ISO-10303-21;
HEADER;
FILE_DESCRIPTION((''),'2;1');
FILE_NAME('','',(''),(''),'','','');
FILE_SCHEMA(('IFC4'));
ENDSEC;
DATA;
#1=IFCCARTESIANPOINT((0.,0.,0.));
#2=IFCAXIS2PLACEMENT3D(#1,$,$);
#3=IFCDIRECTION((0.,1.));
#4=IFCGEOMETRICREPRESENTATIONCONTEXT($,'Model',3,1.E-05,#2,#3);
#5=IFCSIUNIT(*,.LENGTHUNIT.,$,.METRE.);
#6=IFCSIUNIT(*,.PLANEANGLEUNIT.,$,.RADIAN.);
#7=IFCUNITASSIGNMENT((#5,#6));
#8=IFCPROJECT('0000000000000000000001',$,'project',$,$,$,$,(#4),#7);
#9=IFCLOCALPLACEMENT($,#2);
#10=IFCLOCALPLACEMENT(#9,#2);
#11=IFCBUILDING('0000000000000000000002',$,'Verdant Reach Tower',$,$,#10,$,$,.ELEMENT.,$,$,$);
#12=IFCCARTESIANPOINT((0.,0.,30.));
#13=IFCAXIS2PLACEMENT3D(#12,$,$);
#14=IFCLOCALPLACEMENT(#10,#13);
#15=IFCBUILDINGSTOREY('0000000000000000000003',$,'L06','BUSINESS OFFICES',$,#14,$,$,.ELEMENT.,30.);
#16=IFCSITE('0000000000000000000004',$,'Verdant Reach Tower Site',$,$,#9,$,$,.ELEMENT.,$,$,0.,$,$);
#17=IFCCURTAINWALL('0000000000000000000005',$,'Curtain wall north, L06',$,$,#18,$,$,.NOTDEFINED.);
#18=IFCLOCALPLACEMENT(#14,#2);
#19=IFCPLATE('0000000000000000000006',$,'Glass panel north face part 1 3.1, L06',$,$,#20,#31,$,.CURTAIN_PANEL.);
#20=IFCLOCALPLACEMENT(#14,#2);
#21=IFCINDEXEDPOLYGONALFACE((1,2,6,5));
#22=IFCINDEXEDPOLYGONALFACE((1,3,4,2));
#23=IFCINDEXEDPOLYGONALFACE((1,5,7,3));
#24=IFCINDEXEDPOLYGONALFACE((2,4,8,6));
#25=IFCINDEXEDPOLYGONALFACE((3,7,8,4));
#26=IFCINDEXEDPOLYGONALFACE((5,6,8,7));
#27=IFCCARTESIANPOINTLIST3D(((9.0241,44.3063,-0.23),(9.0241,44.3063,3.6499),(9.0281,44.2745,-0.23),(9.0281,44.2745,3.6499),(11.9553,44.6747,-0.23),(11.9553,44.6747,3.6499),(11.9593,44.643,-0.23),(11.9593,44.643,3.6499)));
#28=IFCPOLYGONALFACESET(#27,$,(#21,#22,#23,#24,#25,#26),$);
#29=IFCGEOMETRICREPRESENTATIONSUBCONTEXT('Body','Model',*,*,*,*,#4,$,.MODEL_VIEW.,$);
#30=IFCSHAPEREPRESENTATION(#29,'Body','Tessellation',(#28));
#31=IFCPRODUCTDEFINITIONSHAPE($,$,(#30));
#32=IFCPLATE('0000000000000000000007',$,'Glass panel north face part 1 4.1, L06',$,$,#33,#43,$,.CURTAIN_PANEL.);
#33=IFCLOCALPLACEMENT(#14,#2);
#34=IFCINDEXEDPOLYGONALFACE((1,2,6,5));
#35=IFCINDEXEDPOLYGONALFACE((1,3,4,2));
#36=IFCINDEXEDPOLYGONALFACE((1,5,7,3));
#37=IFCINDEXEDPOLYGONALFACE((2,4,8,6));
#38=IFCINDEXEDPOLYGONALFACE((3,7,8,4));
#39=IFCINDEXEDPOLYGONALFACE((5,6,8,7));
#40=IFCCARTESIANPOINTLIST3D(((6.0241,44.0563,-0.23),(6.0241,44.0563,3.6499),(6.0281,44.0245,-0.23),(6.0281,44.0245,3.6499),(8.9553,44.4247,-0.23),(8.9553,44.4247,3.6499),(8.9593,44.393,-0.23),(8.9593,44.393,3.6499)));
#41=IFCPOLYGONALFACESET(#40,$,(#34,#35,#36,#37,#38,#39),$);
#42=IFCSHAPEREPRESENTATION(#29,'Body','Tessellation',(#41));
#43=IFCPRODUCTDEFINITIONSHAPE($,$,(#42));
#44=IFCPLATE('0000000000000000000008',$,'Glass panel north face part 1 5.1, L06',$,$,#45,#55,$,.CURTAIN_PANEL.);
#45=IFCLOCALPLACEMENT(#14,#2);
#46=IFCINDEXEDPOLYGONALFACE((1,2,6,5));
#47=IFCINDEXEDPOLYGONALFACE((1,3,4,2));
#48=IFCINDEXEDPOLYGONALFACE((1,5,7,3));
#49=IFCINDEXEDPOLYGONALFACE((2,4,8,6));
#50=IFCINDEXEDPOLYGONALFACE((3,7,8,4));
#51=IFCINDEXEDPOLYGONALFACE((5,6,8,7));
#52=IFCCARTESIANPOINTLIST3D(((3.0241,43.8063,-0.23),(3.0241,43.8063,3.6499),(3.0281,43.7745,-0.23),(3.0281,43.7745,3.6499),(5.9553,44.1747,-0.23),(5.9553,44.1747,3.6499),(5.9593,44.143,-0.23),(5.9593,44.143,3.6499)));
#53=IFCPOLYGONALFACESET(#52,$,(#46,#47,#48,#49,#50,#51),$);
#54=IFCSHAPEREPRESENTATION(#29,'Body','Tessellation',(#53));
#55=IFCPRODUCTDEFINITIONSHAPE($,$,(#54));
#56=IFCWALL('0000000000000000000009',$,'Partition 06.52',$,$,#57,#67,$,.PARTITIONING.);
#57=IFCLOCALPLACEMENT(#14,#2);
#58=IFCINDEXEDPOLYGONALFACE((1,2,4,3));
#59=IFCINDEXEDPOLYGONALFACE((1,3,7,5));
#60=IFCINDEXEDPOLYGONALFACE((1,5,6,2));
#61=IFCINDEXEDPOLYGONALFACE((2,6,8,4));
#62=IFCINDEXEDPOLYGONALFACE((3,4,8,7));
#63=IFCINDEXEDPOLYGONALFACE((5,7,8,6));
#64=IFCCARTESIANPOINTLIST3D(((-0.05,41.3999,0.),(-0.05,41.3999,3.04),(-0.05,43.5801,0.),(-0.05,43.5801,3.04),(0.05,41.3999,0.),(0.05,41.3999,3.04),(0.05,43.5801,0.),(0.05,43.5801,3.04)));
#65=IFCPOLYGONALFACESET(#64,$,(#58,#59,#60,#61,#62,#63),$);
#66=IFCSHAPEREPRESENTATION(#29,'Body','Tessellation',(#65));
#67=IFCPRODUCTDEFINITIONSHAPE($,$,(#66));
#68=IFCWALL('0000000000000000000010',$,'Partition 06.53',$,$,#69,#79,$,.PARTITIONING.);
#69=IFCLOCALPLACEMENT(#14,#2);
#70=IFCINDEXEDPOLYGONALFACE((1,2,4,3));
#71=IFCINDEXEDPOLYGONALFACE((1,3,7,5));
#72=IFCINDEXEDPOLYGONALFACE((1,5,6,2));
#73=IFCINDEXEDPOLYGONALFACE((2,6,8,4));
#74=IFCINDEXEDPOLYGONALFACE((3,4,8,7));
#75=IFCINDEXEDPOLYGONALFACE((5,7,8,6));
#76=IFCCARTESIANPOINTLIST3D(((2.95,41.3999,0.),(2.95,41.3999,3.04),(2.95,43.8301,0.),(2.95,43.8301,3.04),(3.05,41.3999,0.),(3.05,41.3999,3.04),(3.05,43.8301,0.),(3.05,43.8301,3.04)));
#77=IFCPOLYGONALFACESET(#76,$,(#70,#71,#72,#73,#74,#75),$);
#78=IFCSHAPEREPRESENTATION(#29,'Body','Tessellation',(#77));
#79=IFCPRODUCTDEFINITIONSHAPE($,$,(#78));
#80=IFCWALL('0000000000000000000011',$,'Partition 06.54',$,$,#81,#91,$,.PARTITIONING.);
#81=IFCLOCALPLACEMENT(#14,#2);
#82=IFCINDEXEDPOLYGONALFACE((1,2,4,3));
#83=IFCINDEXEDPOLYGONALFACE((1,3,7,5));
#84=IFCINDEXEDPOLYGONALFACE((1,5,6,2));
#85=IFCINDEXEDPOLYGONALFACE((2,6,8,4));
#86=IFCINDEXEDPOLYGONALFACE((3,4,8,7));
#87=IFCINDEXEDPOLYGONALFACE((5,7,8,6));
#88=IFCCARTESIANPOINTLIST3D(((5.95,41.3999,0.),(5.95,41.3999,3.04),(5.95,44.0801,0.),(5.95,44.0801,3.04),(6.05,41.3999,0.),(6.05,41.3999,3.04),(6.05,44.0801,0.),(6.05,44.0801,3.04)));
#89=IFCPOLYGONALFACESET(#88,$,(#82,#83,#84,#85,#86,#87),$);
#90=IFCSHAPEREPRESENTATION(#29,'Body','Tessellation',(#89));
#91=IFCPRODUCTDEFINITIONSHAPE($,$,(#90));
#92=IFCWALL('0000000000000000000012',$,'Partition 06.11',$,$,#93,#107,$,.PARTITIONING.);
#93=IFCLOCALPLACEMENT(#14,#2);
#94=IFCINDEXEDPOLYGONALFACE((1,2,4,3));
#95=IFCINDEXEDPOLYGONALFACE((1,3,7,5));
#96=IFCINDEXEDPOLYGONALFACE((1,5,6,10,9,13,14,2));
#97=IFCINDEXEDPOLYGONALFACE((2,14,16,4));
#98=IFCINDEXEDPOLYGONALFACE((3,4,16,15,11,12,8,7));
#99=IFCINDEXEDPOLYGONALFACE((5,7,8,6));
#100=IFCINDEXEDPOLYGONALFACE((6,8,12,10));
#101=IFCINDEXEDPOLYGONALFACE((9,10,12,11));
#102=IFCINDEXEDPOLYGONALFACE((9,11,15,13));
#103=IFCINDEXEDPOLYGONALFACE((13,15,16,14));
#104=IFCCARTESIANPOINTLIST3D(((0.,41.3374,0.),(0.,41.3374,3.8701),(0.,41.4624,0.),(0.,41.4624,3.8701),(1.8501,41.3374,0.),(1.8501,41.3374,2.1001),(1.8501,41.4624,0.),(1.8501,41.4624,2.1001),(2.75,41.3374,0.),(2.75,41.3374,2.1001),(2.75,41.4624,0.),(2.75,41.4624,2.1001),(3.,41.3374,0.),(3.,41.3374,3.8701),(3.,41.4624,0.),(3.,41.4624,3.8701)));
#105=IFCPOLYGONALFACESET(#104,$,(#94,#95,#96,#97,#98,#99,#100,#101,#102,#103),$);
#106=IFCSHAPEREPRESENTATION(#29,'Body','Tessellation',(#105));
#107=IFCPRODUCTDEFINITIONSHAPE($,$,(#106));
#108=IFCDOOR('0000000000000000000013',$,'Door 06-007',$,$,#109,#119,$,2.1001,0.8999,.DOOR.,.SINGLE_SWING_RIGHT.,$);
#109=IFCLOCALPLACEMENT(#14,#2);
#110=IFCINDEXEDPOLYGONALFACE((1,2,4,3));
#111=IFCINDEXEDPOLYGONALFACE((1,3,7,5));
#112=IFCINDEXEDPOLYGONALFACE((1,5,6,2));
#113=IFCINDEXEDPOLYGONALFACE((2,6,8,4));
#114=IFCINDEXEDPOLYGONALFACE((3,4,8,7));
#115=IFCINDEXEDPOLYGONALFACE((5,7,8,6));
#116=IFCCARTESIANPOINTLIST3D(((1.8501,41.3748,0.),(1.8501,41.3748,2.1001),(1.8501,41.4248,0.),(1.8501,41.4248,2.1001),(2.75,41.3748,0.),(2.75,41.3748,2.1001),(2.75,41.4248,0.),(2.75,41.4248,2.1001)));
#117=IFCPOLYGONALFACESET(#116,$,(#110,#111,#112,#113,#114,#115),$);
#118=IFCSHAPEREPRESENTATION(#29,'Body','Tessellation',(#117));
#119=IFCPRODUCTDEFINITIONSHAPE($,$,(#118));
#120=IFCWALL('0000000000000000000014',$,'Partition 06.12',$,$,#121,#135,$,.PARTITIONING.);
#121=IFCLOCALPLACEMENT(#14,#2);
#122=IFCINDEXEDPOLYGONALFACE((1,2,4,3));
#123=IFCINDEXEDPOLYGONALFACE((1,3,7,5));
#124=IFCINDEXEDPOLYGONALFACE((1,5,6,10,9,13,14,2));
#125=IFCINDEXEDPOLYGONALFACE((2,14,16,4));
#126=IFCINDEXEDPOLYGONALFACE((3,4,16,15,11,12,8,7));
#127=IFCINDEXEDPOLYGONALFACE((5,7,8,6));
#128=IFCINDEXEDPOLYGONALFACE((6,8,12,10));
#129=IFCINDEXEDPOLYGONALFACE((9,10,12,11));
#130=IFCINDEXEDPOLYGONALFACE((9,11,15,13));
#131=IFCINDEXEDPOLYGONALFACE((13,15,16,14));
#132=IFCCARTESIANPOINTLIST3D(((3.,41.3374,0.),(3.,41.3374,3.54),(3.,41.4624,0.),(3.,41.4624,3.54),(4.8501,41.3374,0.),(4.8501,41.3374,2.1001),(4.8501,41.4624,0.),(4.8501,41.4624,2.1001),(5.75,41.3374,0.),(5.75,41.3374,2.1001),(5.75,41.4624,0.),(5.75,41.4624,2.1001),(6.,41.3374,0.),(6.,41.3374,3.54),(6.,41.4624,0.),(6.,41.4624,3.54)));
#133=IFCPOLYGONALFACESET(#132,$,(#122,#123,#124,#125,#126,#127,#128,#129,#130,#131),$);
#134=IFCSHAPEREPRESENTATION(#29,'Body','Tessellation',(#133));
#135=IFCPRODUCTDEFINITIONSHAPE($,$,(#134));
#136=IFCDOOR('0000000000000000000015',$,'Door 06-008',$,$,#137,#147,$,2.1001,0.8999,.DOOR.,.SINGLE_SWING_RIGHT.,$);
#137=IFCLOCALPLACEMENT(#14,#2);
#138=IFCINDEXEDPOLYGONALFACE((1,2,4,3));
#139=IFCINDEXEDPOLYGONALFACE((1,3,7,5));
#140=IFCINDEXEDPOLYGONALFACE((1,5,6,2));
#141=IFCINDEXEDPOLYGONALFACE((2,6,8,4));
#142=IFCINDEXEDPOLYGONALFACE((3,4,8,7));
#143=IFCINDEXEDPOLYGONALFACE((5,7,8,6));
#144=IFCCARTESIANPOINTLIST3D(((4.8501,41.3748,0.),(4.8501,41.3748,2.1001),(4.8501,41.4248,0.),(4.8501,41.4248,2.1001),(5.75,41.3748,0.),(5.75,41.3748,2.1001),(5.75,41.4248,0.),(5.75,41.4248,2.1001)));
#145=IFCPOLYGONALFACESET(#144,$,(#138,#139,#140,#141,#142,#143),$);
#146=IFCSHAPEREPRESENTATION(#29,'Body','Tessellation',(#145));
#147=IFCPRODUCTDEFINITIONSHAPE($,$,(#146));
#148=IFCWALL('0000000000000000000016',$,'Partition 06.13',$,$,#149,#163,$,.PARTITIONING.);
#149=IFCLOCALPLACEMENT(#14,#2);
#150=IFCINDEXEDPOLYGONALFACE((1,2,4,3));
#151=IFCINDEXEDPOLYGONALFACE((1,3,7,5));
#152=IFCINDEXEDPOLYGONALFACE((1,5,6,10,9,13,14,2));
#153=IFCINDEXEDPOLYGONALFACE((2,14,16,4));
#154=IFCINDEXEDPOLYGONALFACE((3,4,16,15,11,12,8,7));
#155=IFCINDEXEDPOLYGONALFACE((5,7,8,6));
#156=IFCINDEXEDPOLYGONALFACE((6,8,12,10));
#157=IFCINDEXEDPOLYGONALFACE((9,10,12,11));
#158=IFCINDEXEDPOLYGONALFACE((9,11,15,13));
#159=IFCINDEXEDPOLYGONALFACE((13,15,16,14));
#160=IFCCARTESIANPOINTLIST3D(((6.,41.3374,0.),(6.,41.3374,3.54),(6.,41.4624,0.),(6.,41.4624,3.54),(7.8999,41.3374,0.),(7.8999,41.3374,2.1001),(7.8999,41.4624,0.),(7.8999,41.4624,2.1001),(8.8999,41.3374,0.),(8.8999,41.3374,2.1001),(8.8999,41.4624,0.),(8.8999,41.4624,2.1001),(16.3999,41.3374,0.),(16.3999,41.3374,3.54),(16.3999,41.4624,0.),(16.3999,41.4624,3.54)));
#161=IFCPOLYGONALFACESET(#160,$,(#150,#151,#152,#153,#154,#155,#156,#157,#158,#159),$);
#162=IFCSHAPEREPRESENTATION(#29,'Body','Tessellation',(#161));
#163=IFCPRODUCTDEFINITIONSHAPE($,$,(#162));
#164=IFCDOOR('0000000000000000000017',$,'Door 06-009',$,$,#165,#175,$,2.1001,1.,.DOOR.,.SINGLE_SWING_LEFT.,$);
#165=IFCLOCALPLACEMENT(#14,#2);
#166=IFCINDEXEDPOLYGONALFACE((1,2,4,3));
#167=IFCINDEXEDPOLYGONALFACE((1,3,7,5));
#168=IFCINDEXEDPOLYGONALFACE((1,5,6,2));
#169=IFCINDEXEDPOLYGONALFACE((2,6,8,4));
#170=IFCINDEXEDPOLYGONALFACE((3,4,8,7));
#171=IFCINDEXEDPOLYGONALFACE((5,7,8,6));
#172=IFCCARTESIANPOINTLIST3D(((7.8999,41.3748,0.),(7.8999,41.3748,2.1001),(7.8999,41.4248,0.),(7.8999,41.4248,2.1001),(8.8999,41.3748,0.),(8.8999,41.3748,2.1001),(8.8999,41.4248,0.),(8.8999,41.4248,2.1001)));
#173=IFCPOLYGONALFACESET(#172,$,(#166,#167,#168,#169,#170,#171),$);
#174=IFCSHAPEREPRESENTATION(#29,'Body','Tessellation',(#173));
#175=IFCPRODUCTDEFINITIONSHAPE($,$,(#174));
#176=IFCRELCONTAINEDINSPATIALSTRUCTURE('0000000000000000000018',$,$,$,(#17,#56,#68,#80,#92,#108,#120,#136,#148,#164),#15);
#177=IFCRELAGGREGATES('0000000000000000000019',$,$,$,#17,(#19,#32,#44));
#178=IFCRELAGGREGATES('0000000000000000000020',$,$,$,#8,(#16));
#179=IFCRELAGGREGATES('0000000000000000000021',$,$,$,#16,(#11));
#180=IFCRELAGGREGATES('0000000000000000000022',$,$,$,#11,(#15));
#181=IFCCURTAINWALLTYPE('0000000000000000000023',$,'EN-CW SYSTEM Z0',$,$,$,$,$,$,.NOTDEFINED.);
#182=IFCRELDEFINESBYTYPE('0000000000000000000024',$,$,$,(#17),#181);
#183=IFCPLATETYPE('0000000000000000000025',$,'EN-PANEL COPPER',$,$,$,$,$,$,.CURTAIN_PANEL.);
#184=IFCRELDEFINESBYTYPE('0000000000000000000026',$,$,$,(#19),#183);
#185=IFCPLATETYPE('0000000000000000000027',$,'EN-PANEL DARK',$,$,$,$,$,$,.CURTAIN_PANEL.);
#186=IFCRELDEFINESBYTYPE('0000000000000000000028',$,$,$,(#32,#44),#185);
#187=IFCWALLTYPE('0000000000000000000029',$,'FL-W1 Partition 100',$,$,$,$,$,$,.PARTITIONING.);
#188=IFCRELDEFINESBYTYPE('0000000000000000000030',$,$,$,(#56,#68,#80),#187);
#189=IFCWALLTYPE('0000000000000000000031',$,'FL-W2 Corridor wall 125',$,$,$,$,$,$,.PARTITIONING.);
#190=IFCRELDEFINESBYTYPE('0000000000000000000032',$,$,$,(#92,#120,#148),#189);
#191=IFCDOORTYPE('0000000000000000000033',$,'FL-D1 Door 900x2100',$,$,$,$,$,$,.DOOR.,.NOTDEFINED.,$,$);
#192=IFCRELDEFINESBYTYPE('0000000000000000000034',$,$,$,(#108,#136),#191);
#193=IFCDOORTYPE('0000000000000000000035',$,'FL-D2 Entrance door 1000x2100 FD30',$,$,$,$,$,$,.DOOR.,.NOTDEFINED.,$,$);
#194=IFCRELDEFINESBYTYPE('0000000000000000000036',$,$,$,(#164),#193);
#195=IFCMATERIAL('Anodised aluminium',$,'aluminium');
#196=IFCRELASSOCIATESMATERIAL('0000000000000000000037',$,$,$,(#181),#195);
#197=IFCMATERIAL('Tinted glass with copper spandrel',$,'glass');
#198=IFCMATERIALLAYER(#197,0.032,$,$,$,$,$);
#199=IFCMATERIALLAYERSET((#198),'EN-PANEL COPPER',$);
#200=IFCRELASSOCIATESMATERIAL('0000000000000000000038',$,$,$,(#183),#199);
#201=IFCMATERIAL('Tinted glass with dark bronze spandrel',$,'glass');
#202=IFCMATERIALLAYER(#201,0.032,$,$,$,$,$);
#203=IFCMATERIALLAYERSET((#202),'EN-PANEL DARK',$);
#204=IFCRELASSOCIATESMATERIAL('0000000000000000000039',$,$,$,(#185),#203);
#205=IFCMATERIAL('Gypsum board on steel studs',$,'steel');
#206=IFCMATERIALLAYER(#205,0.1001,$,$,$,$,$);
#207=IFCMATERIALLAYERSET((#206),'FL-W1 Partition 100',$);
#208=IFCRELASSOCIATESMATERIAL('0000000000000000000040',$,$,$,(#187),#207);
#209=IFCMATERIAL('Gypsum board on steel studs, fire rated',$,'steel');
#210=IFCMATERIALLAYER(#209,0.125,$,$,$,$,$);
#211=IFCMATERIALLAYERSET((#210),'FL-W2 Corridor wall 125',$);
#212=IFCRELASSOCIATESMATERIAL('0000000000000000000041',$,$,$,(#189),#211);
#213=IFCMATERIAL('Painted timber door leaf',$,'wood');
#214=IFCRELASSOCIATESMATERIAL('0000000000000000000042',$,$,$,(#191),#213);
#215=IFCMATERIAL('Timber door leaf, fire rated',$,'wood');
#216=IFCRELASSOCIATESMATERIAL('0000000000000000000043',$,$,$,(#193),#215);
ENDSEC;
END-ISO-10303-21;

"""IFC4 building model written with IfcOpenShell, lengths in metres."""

from ifc_helpers import new_model, si_unit, direction, frame, frame_2d, origin, origin_2d, place, context, subcontext, project, spatial, rectangle, extrude, material, layer, layer_set, type_object, element, fill, aggregate, save


model = new_model("IFC4")

# Units and contexts
model_context = context("Model", 3, precision=1e-05, world=origin(), true_north=direction((0.0, 1.0)))
body_context = subcontext(model_context, "Body", "Model", "MODEL_VIEW")
ifc_project = project(units=[si_unit("LENGTHUNIT", "METRE"), si_unit("PLANEANGLEUNIT", "RADIAN")], contexts=[model_context])

# Site, building, storey
site_placement = place(None, origin())
site = spatial("IfcSite", under=ifc_project, at=site_placement, Name="Verdant Reach Tower Site", CompositionType="ELEMENT", RefElevation=0.0)
building_placement = place(site_placement, origin())
building = spatial("IfcBuilding", under=site, at=building_placement, Name="Verdant Reach Tower", CompositionType="ELEMENT")
storey_placement = place(building_placement, frame((0.0, 0.0, 30.0)))
storey = spatial("IfcBuildingStorey", under=building, at=storey_placement, Name="L06", Description="BUSINESS OFFICES", CompositionType="ELEMENT", Elevation=30.0)

# Curtain wall, plates
ifc_material_1 = material(Name="Anodised aluminium", Category="aluminium")
curtain_wall_type = type_object("IfcCurtainWallType", Name="EN-CW SYSTEM Z0", PredefinedType="NOTDEFINED", material=ifc_material_1)
curtain_wall_placement = place(storey_placement, origin())
curtain_wall = element("IfcCurtainWall", 1, at=curtain_wall_placement, inside=storey, type_object=curtain_wall_type, Name="Curtain wall north, L06", PredefinedType="NOTDEFINED")
ifc_material_2 = material(Name="Tinted glass with copper spandrel", Category="glass")
ifc_layer_1 = layer(ifc_material_2, 0.032)
ifc_layer_set_1 = layer_set([ifc_layer_1], Name="EN-PANEL COPPER")
plate_type_1 = type_object("IfcPlateType", Name="EN-PANEL COPPER", PredefinedType="CURTAIN_PANEL", material=ifc_layer_set_1)
plate_1_placement = place(storey_placement, frame((10.4917, 44.4746, -0.23), z_axis=(0.0, 0.0, 1.0), x_axis=(-0.992194, -0.124704, 0.0)))
plate_1 = element("IfcPlate", 2, at=plate_1_placement, type_object=plate_type_1, Name="Glass panel north face part 1 3.1, L06", PredefinedType="CURTAIN_PANEL", context=body_context, shape_type="SweptSolid", body=[
    extrude(rectangle(XDim=2.9543, YDim=0.032, at=origin_2d()), origin(), (0.0, 0.0, 1.0), 3.8799),
])
ifc_material_3 = material(Name="Tinted glass with dark bronze spandrel", Category="glass")
ifc_layer_2 = layer(ifc_material_3, 0.032)
ifc_layer_set_2 = layer_set([ifc_layer_2], Name="EN-PANEL DARK")
plate_type_2 = type_object("IfcPlateType", Name="EN-PANEL DARK", PredefinedType="CURTAIN_PANEL", material=ifc_layer_set_2)
plate_2_placement = place(storey_placement, frame((7.4917, 44.2246, -0.23), z_axis=(0.0, 0.0, 1.0), x_axis=(-0.992194, -0.124704, 0.0)))
plate_2 = element("IfcPlate", 3, at=plate_2_placement, type_object=plate_type_2, Name="Glass panel north face part 1 4.1, L06", PredefinedType="CURTAIN_PANEL", context=body_context, shape_type="SweptSolid", body=[
    extrude(rectangle(XDim=2.9543, YDim=0.032, at=origin_2d()), origin(), (0.0, 0.0, 1.0), 3.8799),
])
plate_3_placement = place(storey_placement, frame((4.4917, 43.9746, -0.23), z_axis=(0.0, 0.0, 1.0), x_axis=(-0.992194, -0.124704, 0.0)))
plate_3 = element("IfcPlate", 4, at=plate_3_placement, type_object=plate_type_2, Name="Glass panel north face part 1 5.1, L06", PredefinedType="CURTAIN_PANEL", context=body_context, shape_type="SweptSolid", body=[
    extrude(rectangle(XDim=2.9543, YDim=0.032, at=origin_2d()), origin(), (0.0, 0.0, 1.0), 3.8799),
])
aggregate(curtain_wall, [plate_1, plate_2, plate_3])

# Walls
ifc_material_4 = material(Name="Gypsum board on steel studs", Category="steel")
ifc_layer_3 = layer(ifc_material_4, 0.1001)
ifc_layer_set_3 = layer_set([ifc_layer_3], Name="FL-W1 Partition 100")
wall_type_1 = type_object("IfcWallType", Name="FL-W1 Partition 100", PredefinedType="PARTITIONING", material=ifc_layer_set_3)
wall_1_placement = place(storey_placement, frame((0.0, 41.3999, 0.0), z_axis=(0.0, 0.0, 1.0), x_axis=(0.0, 1.0, 0.0)))
element("IfcWall", 5, at=wall_1_placement, inside=storey, type_object=wall_type_1, Name="Partition 06.52", PredefinedType="PARTITIONING", context=body_context, shape_type="SweptSolid", body=[
    extrude(rectangle(XDim=2.1802, YDim=0.1001, at=frame_2d((1.0901, 0.0))), origin(), (0.0, 0.0, 1.0), 3.04),
])
wall_2_placement = place(storey_placement, frame((3.0, 41.3999, 0.0), z_axis=(0.0, 0.0, 1.0), x_axis=(0.0, 1.0, 0.0)))
element("IfcWall", 6, at=wall_2_placement, inside=storey, type_object=wall_type_1, Name="Partition 06.53", PredefinedType="PARTITIONING", context=body_context, shape_type="SweptSolid", body=[
    extrude(rectangle(XDim=2.4302, YDim=0.1001, at=frame_2d((1.2151, 0.0))), origin(), (0.0, 0.0, 1.0), 3.04),
])
wall_3_placement = place(storey_placement, frame((6.0, 41.3999, 0.0), z_axis=(0.0, 0.0, 1.0), x_axis=(0.0, 1.0, 0.0)))
element("IfcWall", 7, at=wall_3_placement, inside=storey, type_object=wall_type_1, Name="Partition 06.54", PredefinedType="PARTITIONING", context=body_context, shape_type="SweptSolid", body=[
    extrude(rectangle(XDim=2.6802, YDim=0.1001, at=frame_2d((1.3401, 0.0))), origin(), (0.0, 0.0, 1.0), 3.04),
])

# Walls, openings, doors
ifc_material_5 = material(Name="Gypsum board on steel studs, fire rated", Category="steel")
ifc_layer_4 = layer(ifc_material_5, 0.125)
ifc_layer_set_4 = layer_set([ifc_layer_4], Name="FL-W2 Corridor wall 125")
wall_type_2 = type_object("IfcWallType", Name="FL-W2 Corridor wall 125", PredefinedType="PARTITIONING", material=ifc_layer_set_4)
wall_4_placement = place(storey_placement, frame((0.0, 41.3999, 0.0), z_axis=(0.0, 0.0, 1.0), x_axis=(1.0, 0.0, 0.0)))
wall_4 = element("IfcWall", 8, at=wall_4_placement, inside=storey, type_object=wall_type_2, Name="Partition 06.11", PredefinedType="PARTITIONING", context=body_context, shape_type="SweptSolid", body=[
    extrude(rectangle(XDim=3.0, YDim=0.125, at=frame_2d((1.5, 0.0))), origin(), (0.0, 0.0, 1.0), 3.8701),
])
opening_1_placement = place(wall_4_placement, frame((1.8501, 0.0, 0.0)))
opening_1 = element("IfcOpeningElement", 9, at=opening_1_placement, cuts=wall_4, PredefinedType="OPENING", context=body_context, shape_type="SweptSolid", body=[
    extrude(rectangle(XDim=0.8999, YDim=2.1001, at=frame_2d((0.45, 1.05))), frame((0.0, 0.0725, 0.0), z_axis=(0.0, -1.0, 0.0), x_axis=(1.0, 0.0, 0.0)), (0.0, 0.0, 1.0), 0.145),
])
ifc_material_6 = material(Name="Painted timber door leaf", Category="wood")
door_type_1 = type_object("IfcDoorType", Name="FL-D1 Door 900x2100", OperationType="NOTDEFINED", PredefinedType="DOOR", material=ifc_material_6)
door_1_placement = place(opening_1_placement, origin())
door_1 = element("IfcDoor", 10, at=door_1_placement, inside=storey, type_object=door_type_1, Name="Door 06-007", OperationType="SINGLE_SWING_RIGHT", OverallHeight=2.1001, OverallWidth=0.8999, PredefinedType="DOOR", context=body_context, shape_type="SweptSolid", body=[
    extrude(rectangle(XDim=0.8999, YDim=2.1001, at=frame_2d((0.45, 1.05))), frame((0.0, 0.0249, 0.0), z_axis=(0.0, -1.0, 0.0), x_axis=(1.0, 0.0, 0.0)), (0.0, 0.0, 1.0), 0.05),
])
fill(opening_1, door_1)
wall_5_placement = place(storey_placement, frame((3.0, 41.3999, 0.0), z_axis=(0.0, 0.0, 1.0), x_axis=(1.0, 0.0, 0.0)))
wall_5 = element("IfcWall", 11, at=wall_5_placement, inside=storey, type_object=wall_type_2, Name="Partition 06.12", PredefinedType="PARTITIONING", context=body_context, shape_type="SweptSolid", body=[
    extrude(rectangle(XDim=3.0, YDim=0.125, at=frame_2d((1.5, 0.0))), origin(), (0.0, 0.0, 1.0), 3.54),
])
opening_2_placement = place(wall_5_placement, frame((1.8501, 0.0, 0.0)))
opening_2 = element("IfcOpeningElement", 12, at=opening_2_placement, cuts=wall_5, PredefinedType="OPENING", context=body_context, shape_type="SweptSolid", body=[
    extrude(rectangle(XDim=0.8999, YDim=2.1001, at=frame_2d((0.45, 1.05))), frame((0.0, 0.0725, 0.0), z_axis=(0.0, -1.0, 0.0), x_axis=(1.0, 0.0, 0.0)), (0.0, 0.0, 1.0), 0.145),
])
door_2_placement = place(opening_2_placement, origin())
door_2 = element("IfcDoor", 13, at=door_2_placement, inside=storey, type_object=door_type_1, Name="Door 06-008", OperationType="SINGLE_SWING_RIGHT", OverallHeight=2.1001, OverallWidth=0.8999, PredefinedType="DOOR", context=body_context, shape_type="SweptSolid", body=[
    extrude(rectangle(XDim=0.8999, YDim=2.1001, at=frame_2d((0.45, 1.05))), frame((0.0, 0.0249, 0.0), z_axis=(0.0, -1.0, 0.0), x_axis=(1.0, 0.0, 0.0)), (0.0, 0.0, 1.0), 0.05),
])
fill(opening_2, door_2)
wall_6_placement = place(storey_placement, frame((6.0, 41.3999, 0.0), z_axis=(0.0, 0.0, 1.0), x_axis=(1.0, 0.0, 0.0)))
wall_6 = element("IfcWall", 14, at=wall_6_placement, inside=storey, type_object=wall_type_2, Name="Partition 06.13", PredefinedType="PARTITIONING", context=body_context, shape_type="SweptSolid", body=[
    extrude(rectangle(XDim=10.3999, YDim=0.125, at=frame_2d((5.2, 0.0))), origin(), (0.0, 0.0, 1.0), 3.54),
])
opening_3_placement = place(wall_6_placement, frame((1.8999, 0.0, 0.0)))
opening_3 = element("IfcOpeningElement", 15, at=opening_3_placement, cuts=wall_6, PredefinedType="OPENING", context=body_context, shape_type="SweptSolid", body=[
    extrude(rectangle(XDim=1.0, YDim=2.1001, at=frame_2d((0.5, 1.05))), frame((0.0, 0.0725, 0.0), z_axis=(0.0, -1.0, 0.0), x_axis=(1.0, 0.0, 0.0)), (0.0, 0.0, 1.0), 0.145),
])
ifc_material_7 = material(Name="Timber door leaf, fire rated", Category="wood")
door_type_2 = type_object("IfcDoorType", Name="FL-D2 Entrance door 1000x2100 FD30", OperationType="NOTDEFINED", PredefinedType="DOOR", material=ifc_material_7)
door_3_placement = place(opening_3_placement, origin())
door_3 = element("IfcDoor", 16, at=door_3_placement, inside=storey, type_object=door_type_2, Name="Door 06-009", OperationType="SINGLE_SWING_LEFT", OverallHeight=2.1001, OverallWidth=1.0, PredefinedType="DOOR", context=body_context, shape_type="SweptSolid", body=[
    extrude(rectangle(XDim=1.0, YDim=2.1001, at=frame_2d((0.5, 1.05))), frame((0.0, 0.0249, 0.0), z_axis=(0.0, -1.0, 0.0), x_axis=(1.0, 0.0, 0.0)), (0.0, 0.0, 1.0), 0.05),
])
fill(opening_3, door_3)

save(model, "model.ifc")
